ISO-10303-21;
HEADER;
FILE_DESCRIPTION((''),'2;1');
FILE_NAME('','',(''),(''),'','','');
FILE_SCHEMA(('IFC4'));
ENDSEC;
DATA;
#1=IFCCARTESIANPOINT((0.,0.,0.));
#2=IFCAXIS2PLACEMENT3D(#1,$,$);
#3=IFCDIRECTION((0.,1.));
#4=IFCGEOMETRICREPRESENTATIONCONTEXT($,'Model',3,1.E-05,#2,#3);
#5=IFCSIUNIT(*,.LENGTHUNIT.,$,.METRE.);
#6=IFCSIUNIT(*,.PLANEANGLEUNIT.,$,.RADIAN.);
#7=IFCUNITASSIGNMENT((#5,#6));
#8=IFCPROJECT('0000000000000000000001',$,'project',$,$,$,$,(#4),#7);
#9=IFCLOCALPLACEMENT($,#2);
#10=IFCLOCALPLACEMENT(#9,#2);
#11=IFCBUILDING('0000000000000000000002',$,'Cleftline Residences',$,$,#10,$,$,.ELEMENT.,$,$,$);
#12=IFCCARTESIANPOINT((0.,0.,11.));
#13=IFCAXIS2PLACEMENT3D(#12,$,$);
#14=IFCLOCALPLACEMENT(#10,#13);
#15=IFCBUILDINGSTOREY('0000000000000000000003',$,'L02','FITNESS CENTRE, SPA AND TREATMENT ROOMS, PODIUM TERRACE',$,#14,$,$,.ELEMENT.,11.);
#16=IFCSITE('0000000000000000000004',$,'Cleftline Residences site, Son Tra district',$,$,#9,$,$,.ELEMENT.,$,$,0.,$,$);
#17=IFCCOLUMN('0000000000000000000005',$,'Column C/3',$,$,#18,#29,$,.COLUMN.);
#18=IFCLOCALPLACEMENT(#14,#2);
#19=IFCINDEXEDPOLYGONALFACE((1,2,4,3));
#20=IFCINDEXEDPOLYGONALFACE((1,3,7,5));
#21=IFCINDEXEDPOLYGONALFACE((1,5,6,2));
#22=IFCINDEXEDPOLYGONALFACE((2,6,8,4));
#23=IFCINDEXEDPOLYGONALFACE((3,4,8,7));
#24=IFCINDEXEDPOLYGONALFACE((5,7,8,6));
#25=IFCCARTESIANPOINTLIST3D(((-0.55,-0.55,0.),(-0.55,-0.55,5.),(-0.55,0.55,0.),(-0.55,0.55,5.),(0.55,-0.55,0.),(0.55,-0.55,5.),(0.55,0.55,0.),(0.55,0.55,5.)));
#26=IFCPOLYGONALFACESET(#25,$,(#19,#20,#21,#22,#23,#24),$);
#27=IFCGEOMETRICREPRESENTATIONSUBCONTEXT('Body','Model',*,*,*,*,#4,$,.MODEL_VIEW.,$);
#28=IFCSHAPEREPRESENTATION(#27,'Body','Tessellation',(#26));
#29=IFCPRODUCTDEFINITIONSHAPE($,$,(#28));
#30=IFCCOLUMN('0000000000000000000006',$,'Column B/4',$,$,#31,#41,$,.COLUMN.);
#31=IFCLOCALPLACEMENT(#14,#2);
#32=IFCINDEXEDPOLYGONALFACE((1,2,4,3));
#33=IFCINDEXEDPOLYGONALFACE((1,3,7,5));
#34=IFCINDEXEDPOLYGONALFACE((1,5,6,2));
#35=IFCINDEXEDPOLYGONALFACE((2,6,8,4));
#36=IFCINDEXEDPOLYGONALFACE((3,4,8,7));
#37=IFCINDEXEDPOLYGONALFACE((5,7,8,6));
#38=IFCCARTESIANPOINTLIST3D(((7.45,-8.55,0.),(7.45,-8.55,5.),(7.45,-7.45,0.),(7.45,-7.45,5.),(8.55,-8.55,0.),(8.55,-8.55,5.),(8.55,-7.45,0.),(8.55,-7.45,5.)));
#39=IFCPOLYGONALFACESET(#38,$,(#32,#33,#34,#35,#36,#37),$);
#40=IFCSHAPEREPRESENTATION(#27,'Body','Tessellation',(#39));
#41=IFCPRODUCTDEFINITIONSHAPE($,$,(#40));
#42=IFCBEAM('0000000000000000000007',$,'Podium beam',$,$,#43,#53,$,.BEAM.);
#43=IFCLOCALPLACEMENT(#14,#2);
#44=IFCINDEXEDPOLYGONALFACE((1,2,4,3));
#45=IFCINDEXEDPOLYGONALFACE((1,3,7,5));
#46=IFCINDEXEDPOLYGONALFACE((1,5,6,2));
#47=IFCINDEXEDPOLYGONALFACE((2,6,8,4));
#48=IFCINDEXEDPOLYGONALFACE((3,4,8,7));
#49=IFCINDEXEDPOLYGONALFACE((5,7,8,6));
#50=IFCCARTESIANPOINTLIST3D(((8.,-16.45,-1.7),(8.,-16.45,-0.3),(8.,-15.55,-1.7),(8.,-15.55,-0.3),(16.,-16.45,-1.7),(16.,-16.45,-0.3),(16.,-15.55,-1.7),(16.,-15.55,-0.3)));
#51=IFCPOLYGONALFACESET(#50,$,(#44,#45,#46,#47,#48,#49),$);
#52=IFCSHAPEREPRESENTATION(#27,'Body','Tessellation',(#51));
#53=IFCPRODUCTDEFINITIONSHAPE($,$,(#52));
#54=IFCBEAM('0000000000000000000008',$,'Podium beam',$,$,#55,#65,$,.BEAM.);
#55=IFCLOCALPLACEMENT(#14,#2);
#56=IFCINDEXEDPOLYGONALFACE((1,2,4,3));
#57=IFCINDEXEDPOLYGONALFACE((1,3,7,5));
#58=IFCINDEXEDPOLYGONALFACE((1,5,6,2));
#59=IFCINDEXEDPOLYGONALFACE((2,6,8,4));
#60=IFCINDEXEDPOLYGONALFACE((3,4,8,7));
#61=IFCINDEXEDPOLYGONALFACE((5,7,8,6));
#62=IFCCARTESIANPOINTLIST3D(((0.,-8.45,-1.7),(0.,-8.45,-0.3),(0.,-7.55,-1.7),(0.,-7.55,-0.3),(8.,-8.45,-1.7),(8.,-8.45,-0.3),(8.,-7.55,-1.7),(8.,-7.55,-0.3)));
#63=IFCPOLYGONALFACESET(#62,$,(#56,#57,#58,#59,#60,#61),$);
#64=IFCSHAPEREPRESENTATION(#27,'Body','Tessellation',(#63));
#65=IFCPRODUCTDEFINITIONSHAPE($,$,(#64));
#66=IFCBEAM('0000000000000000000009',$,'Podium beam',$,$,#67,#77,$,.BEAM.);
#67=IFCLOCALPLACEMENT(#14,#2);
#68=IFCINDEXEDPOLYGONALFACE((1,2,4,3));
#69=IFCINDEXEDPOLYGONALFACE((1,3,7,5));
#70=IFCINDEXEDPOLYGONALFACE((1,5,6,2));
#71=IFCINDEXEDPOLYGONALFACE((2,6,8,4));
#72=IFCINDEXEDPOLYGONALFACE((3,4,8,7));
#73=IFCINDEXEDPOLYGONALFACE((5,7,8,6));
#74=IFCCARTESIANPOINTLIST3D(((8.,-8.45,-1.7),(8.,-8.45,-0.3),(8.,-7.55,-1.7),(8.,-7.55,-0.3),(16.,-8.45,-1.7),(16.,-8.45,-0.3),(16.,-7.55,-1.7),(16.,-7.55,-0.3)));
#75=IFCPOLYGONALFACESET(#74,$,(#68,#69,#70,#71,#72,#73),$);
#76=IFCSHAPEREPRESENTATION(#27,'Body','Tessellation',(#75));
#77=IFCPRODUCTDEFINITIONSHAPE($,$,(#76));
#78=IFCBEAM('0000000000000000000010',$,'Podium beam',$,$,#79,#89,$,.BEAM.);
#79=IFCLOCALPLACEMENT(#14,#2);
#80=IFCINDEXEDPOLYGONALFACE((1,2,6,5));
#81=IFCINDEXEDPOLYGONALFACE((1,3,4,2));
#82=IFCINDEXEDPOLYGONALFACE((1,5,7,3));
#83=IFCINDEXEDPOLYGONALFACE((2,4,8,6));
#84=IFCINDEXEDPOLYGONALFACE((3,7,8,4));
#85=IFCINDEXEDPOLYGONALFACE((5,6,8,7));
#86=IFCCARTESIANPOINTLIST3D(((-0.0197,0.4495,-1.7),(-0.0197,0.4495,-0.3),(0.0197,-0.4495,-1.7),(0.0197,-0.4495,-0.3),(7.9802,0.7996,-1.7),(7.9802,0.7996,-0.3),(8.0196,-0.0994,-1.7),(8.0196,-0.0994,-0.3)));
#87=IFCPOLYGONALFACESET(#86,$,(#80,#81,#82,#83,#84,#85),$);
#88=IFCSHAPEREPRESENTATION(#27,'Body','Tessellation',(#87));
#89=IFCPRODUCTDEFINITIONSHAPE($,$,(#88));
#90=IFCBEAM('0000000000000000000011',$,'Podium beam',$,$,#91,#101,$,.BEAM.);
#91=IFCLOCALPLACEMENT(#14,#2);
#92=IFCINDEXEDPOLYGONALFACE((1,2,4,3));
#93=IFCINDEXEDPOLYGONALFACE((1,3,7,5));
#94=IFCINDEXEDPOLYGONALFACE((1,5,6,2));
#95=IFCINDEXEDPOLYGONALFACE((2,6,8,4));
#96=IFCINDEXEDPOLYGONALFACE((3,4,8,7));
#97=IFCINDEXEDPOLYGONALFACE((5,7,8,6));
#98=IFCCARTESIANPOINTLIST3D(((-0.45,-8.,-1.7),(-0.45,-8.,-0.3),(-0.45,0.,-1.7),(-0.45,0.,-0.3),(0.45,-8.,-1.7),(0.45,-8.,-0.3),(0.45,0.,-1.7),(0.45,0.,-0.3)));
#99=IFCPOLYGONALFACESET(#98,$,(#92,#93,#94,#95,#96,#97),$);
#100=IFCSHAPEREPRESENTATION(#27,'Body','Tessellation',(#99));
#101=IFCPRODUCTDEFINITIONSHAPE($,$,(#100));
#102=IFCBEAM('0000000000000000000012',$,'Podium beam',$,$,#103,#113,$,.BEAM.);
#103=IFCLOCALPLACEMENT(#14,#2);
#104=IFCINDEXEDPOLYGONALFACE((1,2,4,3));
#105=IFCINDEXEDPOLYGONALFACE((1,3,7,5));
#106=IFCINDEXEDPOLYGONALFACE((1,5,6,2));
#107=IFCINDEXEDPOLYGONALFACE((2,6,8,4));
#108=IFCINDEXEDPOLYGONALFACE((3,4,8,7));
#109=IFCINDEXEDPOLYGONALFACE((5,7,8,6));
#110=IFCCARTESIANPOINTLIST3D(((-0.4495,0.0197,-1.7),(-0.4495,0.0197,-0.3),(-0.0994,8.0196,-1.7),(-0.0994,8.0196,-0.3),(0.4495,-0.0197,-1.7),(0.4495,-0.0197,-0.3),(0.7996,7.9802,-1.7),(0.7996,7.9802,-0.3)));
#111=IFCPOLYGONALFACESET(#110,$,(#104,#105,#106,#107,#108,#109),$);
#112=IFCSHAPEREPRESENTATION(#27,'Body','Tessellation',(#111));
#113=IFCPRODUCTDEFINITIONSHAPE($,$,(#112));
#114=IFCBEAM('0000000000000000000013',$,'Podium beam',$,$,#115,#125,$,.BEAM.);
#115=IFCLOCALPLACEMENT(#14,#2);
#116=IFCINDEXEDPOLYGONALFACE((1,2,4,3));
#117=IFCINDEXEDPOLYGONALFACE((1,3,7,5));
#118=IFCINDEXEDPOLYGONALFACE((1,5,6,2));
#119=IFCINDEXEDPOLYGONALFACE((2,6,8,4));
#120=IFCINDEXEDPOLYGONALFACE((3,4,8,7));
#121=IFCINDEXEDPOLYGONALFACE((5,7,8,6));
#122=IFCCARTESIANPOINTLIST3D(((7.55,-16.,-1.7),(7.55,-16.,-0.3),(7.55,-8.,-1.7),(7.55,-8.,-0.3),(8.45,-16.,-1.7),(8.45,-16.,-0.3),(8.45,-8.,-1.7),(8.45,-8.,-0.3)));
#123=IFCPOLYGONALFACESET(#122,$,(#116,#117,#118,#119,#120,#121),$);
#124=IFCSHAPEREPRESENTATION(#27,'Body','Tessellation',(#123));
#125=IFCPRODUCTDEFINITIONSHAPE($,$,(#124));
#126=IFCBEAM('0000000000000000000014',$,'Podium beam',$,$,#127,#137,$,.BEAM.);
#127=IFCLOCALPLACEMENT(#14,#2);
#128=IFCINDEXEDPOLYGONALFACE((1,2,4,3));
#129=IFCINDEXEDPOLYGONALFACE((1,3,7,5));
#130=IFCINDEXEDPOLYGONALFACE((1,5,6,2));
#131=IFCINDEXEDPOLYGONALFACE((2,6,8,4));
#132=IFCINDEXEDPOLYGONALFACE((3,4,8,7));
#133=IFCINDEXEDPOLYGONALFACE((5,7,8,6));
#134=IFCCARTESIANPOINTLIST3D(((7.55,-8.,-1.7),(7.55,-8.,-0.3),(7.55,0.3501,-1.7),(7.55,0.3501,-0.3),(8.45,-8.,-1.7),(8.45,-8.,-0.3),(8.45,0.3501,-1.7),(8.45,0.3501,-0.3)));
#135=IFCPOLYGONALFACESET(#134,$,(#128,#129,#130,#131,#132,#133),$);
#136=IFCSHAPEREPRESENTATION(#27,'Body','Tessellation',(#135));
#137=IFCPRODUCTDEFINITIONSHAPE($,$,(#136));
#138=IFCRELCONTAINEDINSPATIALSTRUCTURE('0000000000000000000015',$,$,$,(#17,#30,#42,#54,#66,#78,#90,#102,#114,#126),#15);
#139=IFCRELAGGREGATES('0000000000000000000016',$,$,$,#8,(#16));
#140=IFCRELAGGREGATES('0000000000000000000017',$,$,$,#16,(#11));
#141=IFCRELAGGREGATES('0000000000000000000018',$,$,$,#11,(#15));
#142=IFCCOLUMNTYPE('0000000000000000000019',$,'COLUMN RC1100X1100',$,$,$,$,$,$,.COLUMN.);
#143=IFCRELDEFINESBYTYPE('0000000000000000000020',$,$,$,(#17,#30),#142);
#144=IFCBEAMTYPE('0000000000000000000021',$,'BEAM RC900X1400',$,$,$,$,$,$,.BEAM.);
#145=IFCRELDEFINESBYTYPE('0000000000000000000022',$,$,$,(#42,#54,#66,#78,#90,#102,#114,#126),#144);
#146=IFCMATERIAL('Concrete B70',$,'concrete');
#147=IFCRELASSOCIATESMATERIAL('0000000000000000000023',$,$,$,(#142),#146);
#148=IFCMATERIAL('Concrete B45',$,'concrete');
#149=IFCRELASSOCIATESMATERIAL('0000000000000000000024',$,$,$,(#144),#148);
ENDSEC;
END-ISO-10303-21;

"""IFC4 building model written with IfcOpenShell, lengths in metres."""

from ifc_helpers import new_model, si_unit, direction, frame, origin, origin_2d, place, context, subcontext, project, spatial, rectangle, extrude, material, material_profile, profile_set, type_object, element, save


model = new_model("IFC4")

# Units and contexts
model_context = context("Model", 3, precision=1e-05, world=origin(), true_north=direction((0.0, 1.0)))
body_context = subcontext(model_context, "Body", "Model", "MODEL_VIEW")
ifc_project = project(units=[si_unit("LENGTHUNIT", "METRE"), si_unit("PLANEANGLEUNIT", "RADIAN")], contexts=[model_context])

# Site, building, storey
site_placement = place(None, origin())
site = spatial("IfcSite", under=ifc_project, at=site_placement, Name="Cleftline Residences site, Son Tra district", CompositionType="ELEMENT", RefElevation=0.0)
building_placement = place(site_placement, origin())
building = spatial("IfcBuilding", under=site, at=building_placement, Name="Cleftline Residences", CompositionType="ELEMENT")
storey_placement = place(building_placement, frame((0.0, 0.0, 11.0)))
storey = spatial("IfcBuildingStorey", under=building, at=storey_placement, Name="L02", Description="FITNESS CENTRE, SPA AND TREATMENT ROOMS, PODIUM TERRACE", CompositionType="ELEMENT", Elevation=11.0)

# Columns
ifc_material_1 = material(Name="Concrete B70", Category="concrete")
ifc_material_profile_1 = material_profile(ifc_material_1, rectangle(XDim=1.1001, YDim=1.1001, at=origin_2d()))
ifc_profile_set_1 = profile_set([ifc_material_profile_1], Name="Concrete B70")
column_type = type_object("IfcColumnType", Name="COLUMN RC1100X1100", PredefinedType="COLUMN", material=ifc_profile_set_1)
for number, where, z_axis, x_axis, name in (
    (1, (0.0, 0.0, 0.0), (0.0, 0.0, 1.0), (1.0, 0.0, 0.0), "Column C/3"),
    (2, (8.0, -8.0, 0.0), (0.0, 0.0, 1.0), (1.0, 0.0, 0.0), "Column B/4"),
):
    element("IfcColumn", number, at=place(storey_placement, frame(where, z_axis=z_axis, x_axis=x_axis)), inside=storey, type_object=column_type, Name=name, PredefinedType="COLUMN", context=body_context, shape_type="SweptSolid", body=[
        extrude(rectangle(XDim=1.1001, YDim=1.1001, at=origin_2d()), origin(), (0.0, 0.0, 1.0), 5.0),
    ])

# Beams
ifc_material_2 = material(Name="Concrete B45", Category="concrete")
ifc_material_profile_2 = material_profile(ifc_material_2, rectangle(XDim=0.8999, YDim=1.3999, at=origin_2d()))
ifc_profile_set_2 = profile_set([ifc_material_profile_2], Name="Concrete B45")
beam_type = type_object("IfcBeamType", Name="BEAM RC900X1400", PredefinedType="BEAM", material=ifc_profile_set_2)
for number, where, z_axis, x_axis, name in (
    (3, (8.0, -16.0, -1.0), (1.0, 0.0, 0.0), (0.0, 1.0, 0.0), "Podium beam"),
    (4, (0.0, -8.0, -1.0), (1.0, 0.0, 0.0), (0.0, 1.0, 0.0), "Podium beam"),
    (5, (8.0, -8.0, -1.0), (1.0, 0.0, 0.0), (0.0, 1.0, 0.0), "Podium beam"),
):
    element("IfcBeam", number, at=place(storey_placement, frame(where, z_axis=z_axis, x_axis=x_axis)), inside=storey, type_object=beam_type, Name=name, PredefinedType="BEAM", context=body_context, shape_type="SweptSolid", body=[
        extrude(rectangle(XDim=0.8999, YDim=1.3999, at=origin_2d()), origin(), (0.0, 0.0, 1.0), 8.0),
    ])
beam_1_placement = place(storey_placement, frame((0.0, 0.0, -1.0), z_axis=(0.999044, 0.04372, 0.0), x_axis=(-0.04372, 0.999044, 0.0)))
element("IfcBeam", 6, at=beam_1_placement, inside=storey, type_object=beam_type, Name="Podium beam", PredefinedType="BEAM", context=body_context, shape_type="SweptSolid", body=[
    extrude(rectangle(XDim=0.8999, YDim=1.3999, at=origin_2d()), origin(), (0.0, 0.0, 1.0), 8.0076),
])
beam_2_placement = place(storey_placement, frame((0.0, -8.0, -1.0), z_axis=(0.0, 1.0, 0.0), x_axis=(-1.0, 0.0, 0.0)))
element("IfcBeam", 7, at=beam_2_placement, inside=storey, type_object=beam_type, Name="Podium beam", PredefinedType="BEAM", context=body_context, shape_type="SweptSolid", body=[
    extrude(rectangle(XDim=0.8999, YDim=1.3999, at=origin_2d()), origin(), (0.0, 0.0, 1.0), 8.0),
])
beam_3_placement = place(storey_placement, frame((0.0, 0.0, -1.0), z_axis=(0.04372, 0.999044, 0.0), x_axis=(-0.999044, 0.04372, 0.0)))
element("IfcBeam", 8, at=beam_3_placement, inside=storey, type_object=beam_type, Name="Podium beam", PredefinedType="BEAM", context=body_context, shape_type="SweptSolid", body=[
    extrude(rectangle(XDim=0.8999, YDim=1.3999, at=origin_2d()), origin(), (0.0, 0.0, 1.0), 8.0076),
])
beam_4_placement = place(storey_placement, frame((8.0, -16.0, -1.0), z_axis=(0.0, 1.0, 0.0), x_axis=(-1.0, 0.0, 0.0)))
element("IfcBeam", 9, at=beam_4_placement, inside=storey, type_object=beam_type, Name="Podium beam", PredefinedType="BEAM", context=body_context, shape_type="SweptSolid", body=[
    extrude(rectangle(XDim=0.8999, YDim=1.3999, at=origin_2d()), origin(), (0.0, 0.0, 1.0), 8.0),
])
beam_5_placement = place(storey_placement, frame((8.0, -8.0, -1.0), z_axis=(0.0, 1.0, 0.0), x_axis=(-1.0, 0.0, 0.0)))
element("IfcBeam", 10, at=beam_5_placement, inside=storey, type_object=beam_type, Name="Podium beam", PredefinedType="BEAM", context=body_context, shape_type="SweptSolid", body=[
    extrude(rectangle(XDim=0.8999, YDim=1.3999, at=origin_2d()), origin(), (0.0, 0.0, 1.0), 8.3501),
])

save(model, "model.ifc")
